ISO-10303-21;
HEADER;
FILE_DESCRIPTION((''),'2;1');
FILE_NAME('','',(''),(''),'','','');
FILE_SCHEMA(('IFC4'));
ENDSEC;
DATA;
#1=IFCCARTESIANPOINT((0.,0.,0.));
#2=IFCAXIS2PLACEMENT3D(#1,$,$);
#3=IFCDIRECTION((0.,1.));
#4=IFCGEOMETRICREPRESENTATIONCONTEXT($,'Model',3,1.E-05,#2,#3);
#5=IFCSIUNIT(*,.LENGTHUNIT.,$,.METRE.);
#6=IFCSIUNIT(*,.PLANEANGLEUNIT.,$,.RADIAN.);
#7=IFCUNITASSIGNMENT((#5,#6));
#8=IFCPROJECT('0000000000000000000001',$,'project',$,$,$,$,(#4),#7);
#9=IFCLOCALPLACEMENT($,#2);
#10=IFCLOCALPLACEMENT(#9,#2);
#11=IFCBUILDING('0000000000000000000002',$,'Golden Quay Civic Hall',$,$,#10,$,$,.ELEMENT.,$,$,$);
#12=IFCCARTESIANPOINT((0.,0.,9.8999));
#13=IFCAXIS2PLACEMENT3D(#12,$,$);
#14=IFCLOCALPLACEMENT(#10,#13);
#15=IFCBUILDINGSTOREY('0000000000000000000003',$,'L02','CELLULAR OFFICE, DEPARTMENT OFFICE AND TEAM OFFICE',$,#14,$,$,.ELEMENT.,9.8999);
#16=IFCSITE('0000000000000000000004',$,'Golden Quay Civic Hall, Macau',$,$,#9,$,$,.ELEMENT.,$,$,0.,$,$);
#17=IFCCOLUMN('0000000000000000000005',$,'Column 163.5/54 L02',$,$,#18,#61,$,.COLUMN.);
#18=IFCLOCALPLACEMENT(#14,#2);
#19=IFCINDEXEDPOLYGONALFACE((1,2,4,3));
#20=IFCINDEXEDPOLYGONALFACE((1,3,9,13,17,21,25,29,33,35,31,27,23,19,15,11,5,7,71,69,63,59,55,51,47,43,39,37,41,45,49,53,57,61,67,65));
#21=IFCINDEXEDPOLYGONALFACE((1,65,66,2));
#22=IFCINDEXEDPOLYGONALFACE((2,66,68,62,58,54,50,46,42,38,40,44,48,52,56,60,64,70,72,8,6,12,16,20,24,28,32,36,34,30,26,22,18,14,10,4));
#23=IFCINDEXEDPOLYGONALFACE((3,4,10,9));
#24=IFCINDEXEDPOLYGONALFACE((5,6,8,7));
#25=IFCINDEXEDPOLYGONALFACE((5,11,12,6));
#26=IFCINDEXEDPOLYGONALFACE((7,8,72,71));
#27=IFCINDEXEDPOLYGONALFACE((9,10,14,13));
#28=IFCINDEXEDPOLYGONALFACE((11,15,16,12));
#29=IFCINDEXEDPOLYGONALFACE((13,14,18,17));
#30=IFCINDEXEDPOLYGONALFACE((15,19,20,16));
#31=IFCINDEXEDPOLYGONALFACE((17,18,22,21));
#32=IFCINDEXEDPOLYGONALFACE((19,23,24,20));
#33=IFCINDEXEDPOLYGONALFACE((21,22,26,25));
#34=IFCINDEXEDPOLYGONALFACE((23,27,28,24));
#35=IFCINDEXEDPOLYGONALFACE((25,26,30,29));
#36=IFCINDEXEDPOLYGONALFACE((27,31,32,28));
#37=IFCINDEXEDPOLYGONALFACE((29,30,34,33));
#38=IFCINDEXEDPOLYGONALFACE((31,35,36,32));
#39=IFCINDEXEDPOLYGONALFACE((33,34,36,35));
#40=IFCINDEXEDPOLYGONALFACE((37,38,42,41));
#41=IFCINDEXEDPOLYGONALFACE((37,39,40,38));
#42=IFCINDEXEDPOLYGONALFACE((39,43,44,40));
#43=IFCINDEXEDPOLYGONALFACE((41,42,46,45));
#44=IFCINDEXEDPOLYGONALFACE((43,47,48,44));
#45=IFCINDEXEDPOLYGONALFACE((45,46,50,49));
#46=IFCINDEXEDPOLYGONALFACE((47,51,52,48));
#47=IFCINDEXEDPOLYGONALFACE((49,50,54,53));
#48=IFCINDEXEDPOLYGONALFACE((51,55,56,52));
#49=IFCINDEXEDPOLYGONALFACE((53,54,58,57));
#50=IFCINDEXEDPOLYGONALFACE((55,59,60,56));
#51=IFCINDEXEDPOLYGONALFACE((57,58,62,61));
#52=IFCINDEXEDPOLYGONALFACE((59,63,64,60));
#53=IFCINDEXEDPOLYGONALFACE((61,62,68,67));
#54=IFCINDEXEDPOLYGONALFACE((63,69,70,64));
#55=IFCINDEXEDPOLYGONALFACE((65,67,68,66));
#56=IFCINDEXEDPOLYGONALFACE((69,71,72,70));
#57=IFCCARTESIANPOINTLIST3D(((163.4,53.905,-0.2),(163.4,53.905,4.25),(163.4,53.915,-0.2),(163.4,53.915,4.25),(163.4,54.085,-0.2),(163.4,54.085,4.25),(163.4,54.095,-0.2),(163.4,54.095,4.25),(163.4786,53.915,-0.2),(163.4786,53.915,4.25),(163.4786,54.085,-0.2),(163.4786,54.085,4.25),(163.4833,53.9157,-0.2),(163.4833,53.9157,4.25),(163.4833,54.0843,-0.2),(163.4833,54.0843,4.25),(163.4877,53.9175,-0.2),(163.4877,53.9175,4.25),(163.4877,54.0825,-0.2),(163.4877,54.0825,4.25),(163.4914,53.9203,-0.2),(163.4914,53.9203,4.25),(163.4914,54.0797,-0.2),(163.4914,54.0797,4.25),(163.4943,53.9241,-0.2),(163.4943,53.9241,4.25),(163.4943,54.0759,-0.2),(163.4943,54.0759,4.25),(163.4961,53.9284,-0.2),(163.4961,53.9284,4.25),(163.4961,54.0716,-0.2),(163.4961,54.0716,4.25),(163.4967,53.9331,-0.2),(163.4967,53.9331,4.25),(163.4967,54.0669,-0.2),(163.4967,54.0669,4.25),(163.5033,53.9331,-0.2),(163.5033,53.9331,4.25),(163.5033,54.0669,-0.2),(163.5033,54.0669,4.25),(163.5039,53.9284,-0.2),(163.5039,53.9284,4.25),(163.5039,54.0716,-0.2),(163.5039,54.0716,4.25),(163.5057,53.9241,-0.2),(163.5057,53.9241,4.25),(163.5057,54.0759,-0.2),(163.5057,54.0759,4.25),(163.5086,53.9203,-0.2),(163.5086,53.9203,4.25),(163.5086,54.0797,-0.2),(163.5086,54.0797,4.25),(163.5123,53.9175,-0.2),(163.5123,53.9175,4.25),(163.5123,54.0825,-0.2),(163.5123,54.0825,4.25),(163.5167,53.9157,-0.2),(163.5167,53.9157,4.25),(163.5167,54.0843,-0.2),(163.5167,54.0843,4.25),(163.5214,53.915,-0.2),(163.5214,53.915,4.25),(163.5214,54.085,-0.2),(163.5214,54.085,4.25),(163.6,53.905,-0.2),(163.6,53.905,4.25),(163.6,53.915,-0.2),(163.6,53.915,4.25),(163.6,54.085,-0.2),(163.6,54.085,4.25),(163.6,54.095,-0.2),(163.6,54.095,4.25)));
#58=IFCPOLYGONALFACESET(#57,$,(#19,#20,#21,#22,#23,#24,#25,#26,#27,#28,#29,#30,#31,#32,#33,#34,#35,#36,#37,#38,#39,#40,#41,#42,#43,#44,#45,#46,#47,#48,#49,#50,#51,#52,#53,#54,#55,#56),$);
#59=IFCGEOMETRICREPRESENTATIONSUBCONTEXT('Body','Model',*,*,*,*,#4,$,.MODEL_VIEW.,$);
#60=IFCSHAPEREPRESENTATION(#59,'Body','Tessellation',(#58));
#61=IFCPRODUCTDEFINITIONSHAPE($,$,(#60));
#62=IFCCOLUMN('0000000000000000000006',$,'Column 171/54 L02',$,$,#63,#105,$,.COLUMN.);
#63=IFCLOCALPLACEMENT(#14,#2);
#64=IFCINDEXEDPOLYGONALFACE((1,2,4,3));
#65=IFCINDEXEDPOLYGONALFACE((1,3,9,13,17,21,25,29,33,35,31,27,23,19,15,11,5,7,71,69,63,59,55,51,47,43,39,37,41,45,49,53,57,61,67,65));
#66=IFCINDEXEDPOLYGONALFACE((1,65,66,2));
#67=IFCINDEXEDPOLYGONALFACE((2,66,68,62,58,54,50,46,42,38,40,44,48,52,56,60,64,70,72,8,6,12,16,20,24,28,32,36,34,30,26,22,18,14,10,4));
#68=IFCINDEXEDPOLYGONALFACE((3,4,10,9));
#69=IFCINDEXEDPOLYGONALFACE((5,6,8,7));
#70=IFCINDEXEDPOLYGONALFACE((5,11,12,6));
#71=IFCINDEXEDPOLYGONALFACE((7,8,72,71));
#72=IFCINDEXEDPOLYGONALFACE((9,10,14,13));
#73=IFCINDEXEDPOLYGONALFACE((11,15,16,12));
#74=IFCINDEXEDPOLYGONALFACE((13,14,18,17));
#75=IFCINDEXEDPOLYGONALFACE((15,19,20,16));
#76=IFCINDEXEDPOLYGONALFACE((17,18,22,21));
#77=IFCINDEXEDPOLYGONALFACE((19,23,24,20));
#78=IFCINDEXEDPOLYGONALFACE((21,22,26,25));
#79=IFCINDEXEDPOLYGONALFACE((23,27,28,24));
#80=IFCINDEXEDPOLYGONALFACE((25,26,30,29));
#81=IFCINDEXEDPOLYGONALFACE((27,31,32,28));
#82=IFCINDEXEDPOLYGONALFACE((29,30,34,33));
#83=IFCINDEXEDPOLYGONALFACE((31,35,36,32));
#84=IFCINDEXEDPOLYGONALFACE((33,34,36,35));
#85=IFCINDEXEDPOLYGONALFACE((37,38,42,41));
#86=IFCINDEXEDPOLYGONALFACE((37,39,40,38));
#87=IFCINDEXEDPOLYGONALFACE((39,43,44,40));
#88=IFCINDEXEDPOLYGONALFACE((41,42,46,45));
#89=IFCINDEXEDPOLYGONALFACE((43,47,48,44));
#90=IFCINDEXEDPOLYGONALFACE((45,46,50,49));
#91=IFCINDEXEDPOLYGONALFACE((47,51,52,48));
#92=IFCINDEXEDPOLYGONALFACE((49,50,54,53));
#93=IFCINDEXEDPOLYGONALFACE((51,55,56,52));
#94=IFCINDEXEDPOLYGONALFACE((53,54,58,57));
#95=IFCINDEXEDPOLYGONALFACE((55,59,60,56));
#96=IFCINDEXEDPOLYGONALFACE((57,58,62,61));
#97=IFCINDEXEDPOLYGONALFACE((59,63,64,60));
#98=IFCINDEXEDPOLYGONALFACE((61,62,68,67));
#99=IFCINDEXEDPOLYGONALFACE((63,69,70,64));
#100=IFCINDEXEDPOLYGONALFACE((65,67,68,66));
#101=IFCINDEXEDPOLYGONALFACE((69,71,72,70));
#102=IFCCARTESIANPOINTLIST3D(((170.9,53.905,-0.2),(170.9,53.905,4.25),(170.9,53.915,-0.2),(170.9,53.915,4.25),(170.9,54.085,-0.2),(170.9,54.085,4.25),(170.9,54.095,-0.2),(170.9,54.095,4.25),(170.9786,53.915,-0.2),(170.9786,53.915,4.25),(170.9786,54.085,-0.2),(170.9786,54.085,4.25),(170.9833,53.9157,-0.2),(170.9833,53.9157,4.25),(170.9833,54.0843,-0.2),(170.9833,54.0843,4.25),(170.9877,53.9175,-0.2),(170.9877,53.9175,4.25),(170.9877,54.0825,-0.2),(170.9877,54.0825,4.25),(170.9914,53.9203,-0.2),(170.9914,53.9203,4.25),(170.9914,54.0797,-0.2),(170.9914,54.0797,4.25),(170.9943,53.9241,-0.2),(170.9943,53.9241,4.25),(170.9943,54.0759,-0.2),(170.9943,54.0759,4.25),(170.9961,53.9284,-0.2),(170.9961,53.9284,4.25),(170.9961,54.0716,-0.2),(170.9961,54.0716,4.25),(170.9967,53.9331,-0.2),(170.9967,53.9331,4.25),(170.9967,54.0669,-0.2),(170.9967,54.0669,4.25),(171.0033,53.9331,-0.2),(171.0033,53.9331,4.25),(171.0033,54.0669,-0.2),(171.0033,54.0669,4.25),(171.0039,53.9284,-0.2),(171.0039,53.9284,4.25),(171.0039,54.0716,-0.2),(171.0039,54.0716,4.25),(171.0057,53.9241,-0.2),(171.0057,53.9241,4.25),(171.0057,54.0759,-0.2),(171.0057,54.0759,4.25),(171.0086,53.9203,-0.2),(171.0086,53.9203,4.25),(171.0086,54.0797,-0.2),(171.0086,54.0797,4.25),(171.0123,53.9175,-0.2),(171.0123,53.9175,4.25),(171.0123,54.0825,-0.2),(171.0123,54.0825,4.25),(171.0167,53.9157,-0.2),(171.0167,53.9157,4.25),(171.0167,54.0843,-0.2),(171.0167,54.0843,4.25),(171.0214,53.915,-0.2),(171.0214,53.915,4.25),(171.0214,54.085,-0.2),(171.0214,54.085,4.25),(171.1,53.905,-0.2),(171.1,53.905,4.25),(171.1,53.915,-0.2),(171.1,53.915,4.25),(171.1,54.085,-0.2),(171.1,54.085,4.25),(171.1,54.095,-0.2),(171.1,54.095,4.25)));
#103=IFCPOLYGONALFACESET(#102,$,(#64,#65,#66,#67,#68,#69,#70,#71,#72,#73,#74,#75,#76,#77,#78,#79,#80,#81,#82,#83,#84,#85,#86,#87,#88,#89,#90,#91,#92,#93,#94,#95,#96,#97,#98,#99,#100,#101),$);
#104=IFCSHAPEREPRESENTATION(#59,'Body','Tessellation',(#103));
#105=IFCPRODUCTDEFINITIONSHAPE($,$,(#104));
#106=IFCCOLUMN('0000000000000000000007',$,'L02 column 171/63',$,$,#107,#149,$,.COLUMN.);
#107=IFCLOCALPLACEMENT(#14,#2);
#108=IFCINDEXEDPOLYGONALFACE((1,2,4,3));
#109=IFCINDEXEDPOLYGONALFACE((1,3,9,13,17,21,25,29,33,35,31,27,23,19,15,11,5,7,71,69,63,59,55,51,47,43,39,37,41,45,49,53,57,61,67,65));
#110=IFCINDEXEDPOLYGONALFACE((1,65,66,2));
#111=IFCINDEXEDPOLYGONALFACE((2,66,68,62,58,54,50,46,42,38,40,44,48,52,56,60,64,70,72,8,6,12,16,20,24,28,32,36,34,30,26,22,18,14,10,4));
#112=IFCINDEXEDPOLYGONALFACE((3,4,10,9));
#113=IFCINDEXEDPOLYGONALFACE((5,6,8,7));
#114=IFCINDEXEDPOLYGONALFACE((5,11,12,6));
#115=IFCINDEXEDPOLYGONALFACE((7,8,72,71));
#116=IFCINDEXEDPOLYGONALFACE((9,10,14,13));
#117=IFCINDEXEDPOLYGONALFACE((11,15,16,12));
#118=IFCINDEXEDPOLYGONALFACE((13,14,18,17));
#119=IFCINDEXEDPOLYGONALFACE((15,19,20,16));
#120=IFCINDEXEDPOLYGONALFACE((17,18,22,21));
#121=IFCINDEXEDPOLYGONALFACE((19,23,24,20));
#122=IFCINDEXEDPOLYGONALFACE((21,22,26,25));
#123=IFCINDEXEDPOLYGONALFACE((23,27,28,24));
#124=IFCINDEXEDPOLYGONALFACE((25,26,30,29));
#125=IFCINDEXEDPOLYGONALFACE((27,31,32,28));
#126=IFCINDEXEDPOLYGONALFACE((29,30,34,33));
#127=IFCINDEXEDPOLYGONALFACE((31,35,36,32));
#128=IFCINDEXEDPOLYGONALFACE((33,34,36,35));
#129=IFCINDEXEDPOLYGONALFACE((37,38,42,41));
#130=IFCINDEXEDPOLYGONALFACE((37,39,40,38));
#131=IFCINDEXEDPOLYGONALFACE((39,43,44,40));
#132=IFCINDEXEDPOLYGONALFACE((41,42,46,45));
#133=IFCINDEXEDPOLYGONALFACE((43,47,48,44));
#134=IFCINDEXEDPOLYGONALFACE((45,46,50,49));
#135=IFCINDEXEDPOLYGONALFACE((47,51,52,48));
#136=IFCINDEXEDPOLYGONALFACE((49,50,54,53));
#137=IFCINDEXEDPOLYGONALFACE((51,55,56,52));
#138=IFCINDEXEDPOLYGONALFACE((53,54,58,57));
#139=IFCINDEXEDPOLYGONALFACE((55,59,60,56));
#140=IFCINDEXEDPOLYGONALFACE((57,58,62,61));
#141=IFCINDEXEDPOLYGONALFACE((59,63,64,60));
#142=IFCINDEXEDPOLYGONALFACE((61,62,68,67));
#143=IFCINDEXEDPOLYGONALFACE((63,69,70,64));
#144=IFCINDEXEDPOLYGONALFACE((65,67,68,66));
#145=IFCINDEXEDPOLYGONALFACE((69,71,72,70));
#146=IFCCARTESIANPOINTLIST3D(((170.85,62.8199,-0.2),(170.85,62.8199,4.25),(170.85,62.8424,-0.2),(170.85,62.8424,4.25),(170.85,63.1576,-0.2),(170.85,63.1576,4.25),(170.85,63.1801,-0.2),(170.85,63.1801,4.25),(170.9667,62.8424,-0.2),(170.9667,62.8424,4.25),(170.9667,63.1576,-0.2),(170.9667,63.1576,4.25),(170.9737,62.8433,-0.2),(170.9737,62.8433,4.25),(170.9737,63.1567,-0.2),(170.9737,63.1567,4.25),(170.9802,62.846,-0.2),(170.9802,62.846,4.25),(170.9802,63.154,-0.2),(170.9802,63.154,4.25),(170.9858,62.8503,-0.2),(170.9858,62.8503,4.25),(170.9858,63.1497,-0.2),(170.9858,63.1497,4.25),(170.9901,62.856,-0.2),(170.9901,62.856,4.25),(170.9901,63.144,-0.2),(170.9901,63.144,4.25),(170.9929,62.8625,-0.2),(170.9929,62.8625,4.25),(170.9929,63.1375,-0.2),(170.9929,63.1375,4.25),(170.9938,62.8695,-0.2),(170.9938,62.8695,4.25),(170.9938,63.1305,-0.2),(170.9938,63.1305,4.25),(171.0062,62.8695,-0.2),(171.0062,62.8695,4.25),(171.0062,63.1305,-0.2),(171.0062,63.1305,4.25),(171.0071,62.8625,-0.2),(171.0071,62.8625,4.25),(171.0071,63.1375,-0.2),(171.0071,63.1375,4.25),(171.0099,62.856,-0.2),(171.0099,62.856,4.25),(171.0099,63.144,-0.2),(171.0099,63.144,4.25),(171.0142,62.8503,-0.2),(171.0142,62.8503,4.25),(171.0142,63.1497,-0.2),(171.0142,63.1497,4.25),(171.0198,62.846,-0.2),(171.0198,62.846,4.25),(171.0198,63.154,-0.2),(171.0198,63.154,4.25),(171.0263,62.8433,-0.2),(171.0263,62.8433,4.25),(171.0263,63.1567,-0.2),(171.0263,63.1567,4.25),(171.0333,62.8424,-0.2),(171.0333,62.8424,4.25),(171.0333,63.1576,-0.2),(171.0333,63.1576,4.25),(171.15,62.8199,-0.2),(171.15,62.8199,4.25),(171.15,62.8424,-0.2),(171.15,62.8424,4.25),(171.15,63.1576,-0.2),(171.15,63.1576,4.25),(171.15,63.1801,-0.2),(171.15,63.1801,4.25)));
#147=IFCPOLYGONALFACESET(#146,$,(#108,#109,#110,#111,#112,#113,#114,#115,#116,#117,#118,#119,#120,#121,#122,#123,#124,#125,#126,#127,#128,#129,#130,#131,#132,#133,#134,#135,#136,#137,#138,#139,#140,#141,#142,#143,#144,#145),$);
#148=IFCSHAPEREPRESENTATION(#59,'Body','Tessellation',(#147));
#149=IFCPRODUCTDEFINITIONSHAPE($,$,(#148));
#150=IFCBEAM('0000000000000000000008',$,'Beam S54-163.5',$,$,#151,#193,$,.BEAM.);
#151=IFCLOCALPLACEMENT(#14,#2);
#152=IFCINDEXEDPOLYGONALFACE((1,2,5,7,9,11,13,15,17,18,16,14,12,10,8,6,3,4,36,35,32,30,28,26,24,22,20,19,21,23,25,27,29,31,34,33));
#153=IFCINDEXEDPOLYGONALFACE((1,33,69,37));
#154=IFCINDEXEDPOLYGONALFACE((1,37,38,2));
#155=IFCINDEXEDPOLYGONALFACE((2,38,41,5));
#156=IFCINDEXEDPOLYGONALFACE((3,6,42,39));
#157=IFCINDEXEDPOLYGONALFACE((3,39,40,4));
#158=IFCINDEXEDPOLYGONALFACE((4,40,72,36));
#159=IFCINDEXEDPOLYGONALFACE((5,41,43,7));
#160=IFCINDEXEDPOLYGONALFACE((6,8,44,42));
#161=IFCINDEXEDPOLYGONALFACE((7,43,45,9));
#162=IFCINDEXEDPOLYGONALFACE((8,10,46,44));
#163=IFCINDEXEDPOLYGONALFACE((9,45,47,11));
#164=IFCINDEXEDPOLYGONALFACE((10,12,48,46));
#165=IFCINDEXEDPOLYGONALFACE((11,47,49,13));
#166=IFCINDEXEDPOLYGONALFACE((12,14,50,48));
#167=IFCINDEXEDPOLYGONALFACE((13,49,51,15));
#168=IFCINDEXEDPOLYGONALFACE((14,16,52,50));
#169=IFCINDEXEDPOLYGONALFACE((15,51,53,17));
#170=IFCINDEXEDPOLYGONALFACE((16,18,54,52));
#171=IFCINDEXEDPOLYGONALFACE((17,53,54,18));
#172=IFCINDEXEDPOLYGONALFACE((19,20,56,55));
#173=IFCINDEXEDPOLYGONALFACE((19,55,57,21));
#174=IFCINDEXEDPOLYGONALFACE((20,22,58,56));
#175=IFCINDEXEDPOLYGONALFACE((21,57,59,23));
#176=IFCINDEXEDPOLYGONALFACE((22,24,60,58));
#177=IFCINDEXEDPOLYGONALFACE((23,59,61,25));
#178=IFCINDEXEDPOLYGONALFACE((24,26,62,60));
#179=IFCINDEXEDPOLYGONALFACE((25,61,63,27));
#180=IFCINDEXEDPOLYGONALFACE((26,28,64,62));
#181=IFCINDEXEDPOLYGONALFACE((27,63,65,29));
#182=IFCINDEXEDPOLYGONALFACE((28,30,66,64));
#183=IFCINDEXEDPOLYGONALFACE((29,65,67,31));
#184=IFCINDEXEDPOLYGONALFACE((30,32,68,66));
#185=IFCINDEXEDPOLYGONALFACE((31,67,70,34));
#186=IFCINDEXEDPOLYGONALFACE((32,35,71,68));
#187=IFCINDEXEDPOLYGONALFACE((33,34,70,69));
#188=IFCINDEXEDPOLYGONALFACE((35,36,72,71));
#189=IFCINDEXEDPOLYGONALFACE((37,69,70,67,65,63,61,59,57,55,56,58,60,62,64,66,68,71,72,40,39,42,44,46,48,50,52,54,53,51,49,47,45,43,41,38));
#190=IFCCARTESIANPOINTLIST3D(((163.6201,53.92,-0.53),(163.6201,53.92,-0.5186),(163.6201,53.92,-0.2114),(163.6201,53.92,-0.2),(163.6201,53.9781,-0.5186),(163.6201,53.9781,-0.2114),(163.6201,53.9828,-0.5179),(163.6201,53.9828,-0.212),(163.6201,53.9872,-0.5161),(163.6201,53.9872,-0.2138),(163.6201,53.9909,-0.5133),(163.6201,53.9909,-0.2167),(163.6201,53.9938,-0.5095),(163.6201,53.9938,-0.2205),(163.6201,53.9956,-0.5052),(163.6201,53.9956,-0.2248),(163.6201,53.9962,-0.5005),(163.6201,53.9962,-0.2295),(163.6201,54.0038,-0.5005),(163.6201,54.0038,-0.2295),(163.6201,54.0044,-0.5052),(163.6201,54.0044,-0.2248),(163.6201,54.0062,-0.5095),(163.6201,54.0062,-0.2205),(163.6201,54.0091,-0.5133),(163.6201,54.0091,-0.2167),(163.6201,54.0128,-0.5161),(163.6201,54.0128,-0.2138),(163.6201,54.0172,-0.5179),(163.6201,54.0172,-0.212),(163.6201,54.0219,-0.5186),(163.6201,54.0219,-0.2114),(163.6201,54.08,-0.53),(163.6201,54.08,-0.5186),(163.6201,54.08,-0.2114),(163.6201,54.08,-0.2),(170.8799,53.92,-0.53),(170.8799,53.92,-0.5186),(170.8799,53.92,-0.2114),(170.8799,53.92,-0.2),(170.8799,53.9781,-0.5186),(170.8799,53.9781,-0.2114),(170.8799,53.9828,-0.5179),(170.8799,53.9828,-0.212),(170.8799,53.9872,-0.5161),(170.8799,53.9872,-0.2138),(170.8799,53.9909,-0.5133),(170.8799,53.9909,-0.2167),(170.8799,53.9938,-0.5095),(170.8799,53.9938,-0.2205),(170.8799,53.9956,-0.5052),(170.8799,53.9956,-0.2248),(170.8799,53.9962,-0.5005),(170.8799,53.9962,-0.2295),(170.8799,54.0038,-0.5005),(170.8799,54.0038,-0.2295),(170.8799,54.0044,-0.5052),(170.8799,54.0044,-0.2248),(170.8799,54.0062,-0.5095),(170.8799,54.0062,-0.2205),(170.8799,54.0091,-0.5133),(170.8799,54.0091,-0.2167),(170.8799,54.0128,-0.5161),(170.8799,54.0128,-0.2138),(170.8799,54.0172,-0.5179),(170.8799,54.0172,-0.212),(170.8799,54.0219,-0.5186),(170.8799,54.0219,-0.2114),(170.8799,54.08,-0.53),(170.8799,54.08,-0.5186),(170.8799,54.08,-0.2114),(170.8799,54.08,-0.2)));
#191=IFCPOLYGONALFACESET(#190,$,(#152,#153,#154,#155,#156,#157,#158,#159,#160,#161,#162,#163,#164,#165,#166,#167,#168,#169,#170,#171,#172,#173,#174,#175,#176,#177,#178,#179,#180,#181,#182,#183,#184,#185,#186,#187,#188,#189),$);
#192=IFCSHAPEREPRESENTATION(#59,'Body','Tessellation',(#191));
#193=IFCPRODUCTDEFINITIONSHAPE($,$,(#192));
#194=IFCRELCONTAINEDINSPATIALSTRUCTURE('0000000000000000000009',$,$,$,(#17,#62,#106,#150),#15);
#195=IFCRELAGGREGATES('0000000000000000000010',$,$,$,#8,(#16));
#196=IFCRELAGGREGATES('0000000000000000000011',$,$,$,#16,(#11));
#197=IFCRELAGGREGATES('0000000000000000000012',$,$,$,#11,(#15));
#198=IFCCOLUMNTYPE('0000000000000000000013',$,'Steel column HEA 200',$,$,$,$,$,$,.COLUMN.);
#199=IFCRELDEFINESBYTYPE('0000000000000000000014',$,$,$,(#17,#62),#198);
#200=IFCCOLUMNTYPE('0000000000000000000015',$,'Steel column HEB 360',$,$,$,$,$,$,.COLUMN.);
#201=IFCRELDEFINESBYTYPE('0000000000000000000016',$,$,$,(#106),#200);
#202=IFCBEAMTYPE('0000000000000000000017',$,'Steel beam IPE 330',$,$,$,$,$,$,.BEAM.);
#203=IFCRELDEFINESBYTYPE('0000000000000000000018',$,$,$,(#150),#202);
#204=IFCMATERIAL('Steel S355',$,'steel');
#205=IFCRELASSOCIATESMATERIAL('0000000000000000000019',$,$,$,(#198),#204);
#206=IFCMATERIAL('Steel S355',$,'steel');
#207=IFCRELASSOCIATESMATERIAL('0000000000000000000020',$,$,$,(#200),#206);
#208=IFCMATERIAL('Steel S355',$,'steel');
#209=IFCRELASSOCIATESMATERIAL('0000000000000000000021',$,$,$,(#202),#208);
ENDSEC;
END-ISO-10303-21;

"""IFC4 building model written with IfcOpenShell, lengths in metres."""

from ifc_helpers import new_model, si_unit, direction, frame, origin, origin_2d, place, context, subcontext, project, spatial, i_section, extrude, material, material_profile, profile_set, type_object, element, save


model = new_model("IFC4")

# Units and contexts
model_context = context("Model", 3, precision=1e-05, world=origin(), true_north=direction((0.0, 1.0)))
body_context = subcontext(model_context, "Body", "Model", "MODEL_VIEW")
ifc_project = project(units=[si_unit("LENGTHUNIT", "METRE"), si_unit("PLANEANGLEUNIT", "RADIAN")], contexts=[model_context])

# Site, building, storey
site_placement = place(None, origin())
site = spatial("IfcSite", under=ifc_project, at=site_placement, Name="Golden Quay Civic Hall, Macau", CompositionType="ELEMENT", RefElevation=0.0)
building_placement = place(site_placement, origin())
building = spatial("IfcBuilding", under=site, at=building_placement, Name="Golden Quay Civic Hall", CompositionType="ELEMENT")
storey_placement = place(building_placement, frame((0.0, 0.0, 9.8999)))
storey = spatial("IfcBuildingStorey", under=building, at=storey_placement, Name="L02", Description="CELLULAR OFFICE, DEPARTMENT OFFICE AND TEAM OFFICE", CompositionType="ELEMENT", Elevation=9.8999)

# Columns
ifc_material_1 = material(Name="Steel S355", Category="steel")
ifc_material_profile_1 = material_profile(ifc_material_1, i_section(OverallWidth=0.2, OverallDepth=0.1899, WebThickness=0.0066, FlangeThickness=0.01, FilletRadius=0.0181, at=origin_2d()), Name="HEA 200")
ifc_profile_set_1 = profile_set([ifc_material_profile_1], Name="Steel S355")
column_type_1 = type_object("IfcColumnType", Name="Steel column HEA 200", PredefinedType="COLUMN", material=ifc_profile_set_1)
for number, where, z_axis, x_axis, name in (
    (1, (163.5, 54.0, -0.2), (0.0, 0.0, 1.0), (1.0, 0.0, 0.0), "Column 163.5/54 L02"),
    (2, (171.0, 54.0, -0.2), (0.0, 0.0, 1.0), (1.0, 0.0, 0.0), "Column 171/54 L02"),
):
    element("IfcColumn", number, at=place(storey_placement, frame(where, z_axis=z_axis, x_axis=x_axis)), inside=storey, type_object=column_type_1, Name=name, PredefinedType="COLUMN", context=body_context, shape_type="SweptSolid", body=[
        extrude(i_section(OverallWidth=0.2, OverallDepth=0.1899, WebThickness=0.0066, FlangeThickness=0.01, FilletRadius=0.0181, at=origin_2d()), origin(), (0.0, 0.0, 1.0), 4.45),
    ])
ifc_material_2 = material(Name="Steel S355", Category="steel")
ifc_material_profile_2 = material_profile(ifc_material_2, i_section(OverallWidth=0.3, OverallDepth=0.3601, WebThickness=0.0125, FlangeThickness=0.0225, FilletRadius=0.0271, at=origin_2d()), Name="HEB 360")
ifc_profile_set_2 = profile_set([ifc_material_profile_2], Name="Steel S355")
column_type_2 = type_object("IfcColumnType", Name="Steel column HEB 360", PredefinedType="COLUMN", material=ifc_profile_set_2)
column_placement = place(storey_placement, frame((171.0, 63.0, -0.2), z_axis=(0.0, 0.0, 1.0), x_axis=(1.0, 0.0, 0.0)))
element("IfcColumn", 3, at=column_placement, inside=storey, type_object=column_type_2, Name="L02 column 171/63", PredefinedType="COLUMN", context=body_context, shape_type="SweptSolid", body=[
    extrude(i_section(OverallWidth=0.3, OverallDepth=0.3601, WebThickness=0.0125, FlangeThickness=0.0225, FilletRadius=0.0271, at=origin_2d()), origin(), (0.0, 0.0, 1.0), 4.45),
])

# Beam
ifc_material_3 = material(Name="Steel S355", Category="steel")
ifc_material_profile_3 = material_profile(ifc_material_3, i_section(OverallWidth=0.1599, OverallDepth=0.3301, WebThickness=0.0076, FlangeThickness=0.0115, FilletRadius=0.0181, at=origin_2d()), Name="IPE 330")
ifc_profile_set_3 = profile_set([ifc_material_profile_3], Name="Steel S355")
beam_type_1 = type_object("IfcBeamType", Name="Steel beam IPE 330", PredefinedType="BEAM", material=ifc_profile_set_3)
beam_1_placement = place(storey_placement, frame((163.6201, 54.0, -0.365), z_axis=(1.0, 0.0, 0.0), x_axis=(0.0, 1.0, 0.0)))
element("IfcBeam", 4, at=beam_1_placement, inside=storey, type_object=beam_type_1, Name="Beam S54-163.5", PredefinedType="BEAM", context=body_context, shape_type="SweptSolid", body=[
    extrude(i_section(OverallWidth=0.1599, OverallDepth=0.3301, WebThickness=0.0076, FlangeThickness=0.0115, FilletRadius=0.0181, at=origin_2d()), origin(), (0.0, 0.0, 1.0), 7.2598),
])

save(model, "model.ifc")
